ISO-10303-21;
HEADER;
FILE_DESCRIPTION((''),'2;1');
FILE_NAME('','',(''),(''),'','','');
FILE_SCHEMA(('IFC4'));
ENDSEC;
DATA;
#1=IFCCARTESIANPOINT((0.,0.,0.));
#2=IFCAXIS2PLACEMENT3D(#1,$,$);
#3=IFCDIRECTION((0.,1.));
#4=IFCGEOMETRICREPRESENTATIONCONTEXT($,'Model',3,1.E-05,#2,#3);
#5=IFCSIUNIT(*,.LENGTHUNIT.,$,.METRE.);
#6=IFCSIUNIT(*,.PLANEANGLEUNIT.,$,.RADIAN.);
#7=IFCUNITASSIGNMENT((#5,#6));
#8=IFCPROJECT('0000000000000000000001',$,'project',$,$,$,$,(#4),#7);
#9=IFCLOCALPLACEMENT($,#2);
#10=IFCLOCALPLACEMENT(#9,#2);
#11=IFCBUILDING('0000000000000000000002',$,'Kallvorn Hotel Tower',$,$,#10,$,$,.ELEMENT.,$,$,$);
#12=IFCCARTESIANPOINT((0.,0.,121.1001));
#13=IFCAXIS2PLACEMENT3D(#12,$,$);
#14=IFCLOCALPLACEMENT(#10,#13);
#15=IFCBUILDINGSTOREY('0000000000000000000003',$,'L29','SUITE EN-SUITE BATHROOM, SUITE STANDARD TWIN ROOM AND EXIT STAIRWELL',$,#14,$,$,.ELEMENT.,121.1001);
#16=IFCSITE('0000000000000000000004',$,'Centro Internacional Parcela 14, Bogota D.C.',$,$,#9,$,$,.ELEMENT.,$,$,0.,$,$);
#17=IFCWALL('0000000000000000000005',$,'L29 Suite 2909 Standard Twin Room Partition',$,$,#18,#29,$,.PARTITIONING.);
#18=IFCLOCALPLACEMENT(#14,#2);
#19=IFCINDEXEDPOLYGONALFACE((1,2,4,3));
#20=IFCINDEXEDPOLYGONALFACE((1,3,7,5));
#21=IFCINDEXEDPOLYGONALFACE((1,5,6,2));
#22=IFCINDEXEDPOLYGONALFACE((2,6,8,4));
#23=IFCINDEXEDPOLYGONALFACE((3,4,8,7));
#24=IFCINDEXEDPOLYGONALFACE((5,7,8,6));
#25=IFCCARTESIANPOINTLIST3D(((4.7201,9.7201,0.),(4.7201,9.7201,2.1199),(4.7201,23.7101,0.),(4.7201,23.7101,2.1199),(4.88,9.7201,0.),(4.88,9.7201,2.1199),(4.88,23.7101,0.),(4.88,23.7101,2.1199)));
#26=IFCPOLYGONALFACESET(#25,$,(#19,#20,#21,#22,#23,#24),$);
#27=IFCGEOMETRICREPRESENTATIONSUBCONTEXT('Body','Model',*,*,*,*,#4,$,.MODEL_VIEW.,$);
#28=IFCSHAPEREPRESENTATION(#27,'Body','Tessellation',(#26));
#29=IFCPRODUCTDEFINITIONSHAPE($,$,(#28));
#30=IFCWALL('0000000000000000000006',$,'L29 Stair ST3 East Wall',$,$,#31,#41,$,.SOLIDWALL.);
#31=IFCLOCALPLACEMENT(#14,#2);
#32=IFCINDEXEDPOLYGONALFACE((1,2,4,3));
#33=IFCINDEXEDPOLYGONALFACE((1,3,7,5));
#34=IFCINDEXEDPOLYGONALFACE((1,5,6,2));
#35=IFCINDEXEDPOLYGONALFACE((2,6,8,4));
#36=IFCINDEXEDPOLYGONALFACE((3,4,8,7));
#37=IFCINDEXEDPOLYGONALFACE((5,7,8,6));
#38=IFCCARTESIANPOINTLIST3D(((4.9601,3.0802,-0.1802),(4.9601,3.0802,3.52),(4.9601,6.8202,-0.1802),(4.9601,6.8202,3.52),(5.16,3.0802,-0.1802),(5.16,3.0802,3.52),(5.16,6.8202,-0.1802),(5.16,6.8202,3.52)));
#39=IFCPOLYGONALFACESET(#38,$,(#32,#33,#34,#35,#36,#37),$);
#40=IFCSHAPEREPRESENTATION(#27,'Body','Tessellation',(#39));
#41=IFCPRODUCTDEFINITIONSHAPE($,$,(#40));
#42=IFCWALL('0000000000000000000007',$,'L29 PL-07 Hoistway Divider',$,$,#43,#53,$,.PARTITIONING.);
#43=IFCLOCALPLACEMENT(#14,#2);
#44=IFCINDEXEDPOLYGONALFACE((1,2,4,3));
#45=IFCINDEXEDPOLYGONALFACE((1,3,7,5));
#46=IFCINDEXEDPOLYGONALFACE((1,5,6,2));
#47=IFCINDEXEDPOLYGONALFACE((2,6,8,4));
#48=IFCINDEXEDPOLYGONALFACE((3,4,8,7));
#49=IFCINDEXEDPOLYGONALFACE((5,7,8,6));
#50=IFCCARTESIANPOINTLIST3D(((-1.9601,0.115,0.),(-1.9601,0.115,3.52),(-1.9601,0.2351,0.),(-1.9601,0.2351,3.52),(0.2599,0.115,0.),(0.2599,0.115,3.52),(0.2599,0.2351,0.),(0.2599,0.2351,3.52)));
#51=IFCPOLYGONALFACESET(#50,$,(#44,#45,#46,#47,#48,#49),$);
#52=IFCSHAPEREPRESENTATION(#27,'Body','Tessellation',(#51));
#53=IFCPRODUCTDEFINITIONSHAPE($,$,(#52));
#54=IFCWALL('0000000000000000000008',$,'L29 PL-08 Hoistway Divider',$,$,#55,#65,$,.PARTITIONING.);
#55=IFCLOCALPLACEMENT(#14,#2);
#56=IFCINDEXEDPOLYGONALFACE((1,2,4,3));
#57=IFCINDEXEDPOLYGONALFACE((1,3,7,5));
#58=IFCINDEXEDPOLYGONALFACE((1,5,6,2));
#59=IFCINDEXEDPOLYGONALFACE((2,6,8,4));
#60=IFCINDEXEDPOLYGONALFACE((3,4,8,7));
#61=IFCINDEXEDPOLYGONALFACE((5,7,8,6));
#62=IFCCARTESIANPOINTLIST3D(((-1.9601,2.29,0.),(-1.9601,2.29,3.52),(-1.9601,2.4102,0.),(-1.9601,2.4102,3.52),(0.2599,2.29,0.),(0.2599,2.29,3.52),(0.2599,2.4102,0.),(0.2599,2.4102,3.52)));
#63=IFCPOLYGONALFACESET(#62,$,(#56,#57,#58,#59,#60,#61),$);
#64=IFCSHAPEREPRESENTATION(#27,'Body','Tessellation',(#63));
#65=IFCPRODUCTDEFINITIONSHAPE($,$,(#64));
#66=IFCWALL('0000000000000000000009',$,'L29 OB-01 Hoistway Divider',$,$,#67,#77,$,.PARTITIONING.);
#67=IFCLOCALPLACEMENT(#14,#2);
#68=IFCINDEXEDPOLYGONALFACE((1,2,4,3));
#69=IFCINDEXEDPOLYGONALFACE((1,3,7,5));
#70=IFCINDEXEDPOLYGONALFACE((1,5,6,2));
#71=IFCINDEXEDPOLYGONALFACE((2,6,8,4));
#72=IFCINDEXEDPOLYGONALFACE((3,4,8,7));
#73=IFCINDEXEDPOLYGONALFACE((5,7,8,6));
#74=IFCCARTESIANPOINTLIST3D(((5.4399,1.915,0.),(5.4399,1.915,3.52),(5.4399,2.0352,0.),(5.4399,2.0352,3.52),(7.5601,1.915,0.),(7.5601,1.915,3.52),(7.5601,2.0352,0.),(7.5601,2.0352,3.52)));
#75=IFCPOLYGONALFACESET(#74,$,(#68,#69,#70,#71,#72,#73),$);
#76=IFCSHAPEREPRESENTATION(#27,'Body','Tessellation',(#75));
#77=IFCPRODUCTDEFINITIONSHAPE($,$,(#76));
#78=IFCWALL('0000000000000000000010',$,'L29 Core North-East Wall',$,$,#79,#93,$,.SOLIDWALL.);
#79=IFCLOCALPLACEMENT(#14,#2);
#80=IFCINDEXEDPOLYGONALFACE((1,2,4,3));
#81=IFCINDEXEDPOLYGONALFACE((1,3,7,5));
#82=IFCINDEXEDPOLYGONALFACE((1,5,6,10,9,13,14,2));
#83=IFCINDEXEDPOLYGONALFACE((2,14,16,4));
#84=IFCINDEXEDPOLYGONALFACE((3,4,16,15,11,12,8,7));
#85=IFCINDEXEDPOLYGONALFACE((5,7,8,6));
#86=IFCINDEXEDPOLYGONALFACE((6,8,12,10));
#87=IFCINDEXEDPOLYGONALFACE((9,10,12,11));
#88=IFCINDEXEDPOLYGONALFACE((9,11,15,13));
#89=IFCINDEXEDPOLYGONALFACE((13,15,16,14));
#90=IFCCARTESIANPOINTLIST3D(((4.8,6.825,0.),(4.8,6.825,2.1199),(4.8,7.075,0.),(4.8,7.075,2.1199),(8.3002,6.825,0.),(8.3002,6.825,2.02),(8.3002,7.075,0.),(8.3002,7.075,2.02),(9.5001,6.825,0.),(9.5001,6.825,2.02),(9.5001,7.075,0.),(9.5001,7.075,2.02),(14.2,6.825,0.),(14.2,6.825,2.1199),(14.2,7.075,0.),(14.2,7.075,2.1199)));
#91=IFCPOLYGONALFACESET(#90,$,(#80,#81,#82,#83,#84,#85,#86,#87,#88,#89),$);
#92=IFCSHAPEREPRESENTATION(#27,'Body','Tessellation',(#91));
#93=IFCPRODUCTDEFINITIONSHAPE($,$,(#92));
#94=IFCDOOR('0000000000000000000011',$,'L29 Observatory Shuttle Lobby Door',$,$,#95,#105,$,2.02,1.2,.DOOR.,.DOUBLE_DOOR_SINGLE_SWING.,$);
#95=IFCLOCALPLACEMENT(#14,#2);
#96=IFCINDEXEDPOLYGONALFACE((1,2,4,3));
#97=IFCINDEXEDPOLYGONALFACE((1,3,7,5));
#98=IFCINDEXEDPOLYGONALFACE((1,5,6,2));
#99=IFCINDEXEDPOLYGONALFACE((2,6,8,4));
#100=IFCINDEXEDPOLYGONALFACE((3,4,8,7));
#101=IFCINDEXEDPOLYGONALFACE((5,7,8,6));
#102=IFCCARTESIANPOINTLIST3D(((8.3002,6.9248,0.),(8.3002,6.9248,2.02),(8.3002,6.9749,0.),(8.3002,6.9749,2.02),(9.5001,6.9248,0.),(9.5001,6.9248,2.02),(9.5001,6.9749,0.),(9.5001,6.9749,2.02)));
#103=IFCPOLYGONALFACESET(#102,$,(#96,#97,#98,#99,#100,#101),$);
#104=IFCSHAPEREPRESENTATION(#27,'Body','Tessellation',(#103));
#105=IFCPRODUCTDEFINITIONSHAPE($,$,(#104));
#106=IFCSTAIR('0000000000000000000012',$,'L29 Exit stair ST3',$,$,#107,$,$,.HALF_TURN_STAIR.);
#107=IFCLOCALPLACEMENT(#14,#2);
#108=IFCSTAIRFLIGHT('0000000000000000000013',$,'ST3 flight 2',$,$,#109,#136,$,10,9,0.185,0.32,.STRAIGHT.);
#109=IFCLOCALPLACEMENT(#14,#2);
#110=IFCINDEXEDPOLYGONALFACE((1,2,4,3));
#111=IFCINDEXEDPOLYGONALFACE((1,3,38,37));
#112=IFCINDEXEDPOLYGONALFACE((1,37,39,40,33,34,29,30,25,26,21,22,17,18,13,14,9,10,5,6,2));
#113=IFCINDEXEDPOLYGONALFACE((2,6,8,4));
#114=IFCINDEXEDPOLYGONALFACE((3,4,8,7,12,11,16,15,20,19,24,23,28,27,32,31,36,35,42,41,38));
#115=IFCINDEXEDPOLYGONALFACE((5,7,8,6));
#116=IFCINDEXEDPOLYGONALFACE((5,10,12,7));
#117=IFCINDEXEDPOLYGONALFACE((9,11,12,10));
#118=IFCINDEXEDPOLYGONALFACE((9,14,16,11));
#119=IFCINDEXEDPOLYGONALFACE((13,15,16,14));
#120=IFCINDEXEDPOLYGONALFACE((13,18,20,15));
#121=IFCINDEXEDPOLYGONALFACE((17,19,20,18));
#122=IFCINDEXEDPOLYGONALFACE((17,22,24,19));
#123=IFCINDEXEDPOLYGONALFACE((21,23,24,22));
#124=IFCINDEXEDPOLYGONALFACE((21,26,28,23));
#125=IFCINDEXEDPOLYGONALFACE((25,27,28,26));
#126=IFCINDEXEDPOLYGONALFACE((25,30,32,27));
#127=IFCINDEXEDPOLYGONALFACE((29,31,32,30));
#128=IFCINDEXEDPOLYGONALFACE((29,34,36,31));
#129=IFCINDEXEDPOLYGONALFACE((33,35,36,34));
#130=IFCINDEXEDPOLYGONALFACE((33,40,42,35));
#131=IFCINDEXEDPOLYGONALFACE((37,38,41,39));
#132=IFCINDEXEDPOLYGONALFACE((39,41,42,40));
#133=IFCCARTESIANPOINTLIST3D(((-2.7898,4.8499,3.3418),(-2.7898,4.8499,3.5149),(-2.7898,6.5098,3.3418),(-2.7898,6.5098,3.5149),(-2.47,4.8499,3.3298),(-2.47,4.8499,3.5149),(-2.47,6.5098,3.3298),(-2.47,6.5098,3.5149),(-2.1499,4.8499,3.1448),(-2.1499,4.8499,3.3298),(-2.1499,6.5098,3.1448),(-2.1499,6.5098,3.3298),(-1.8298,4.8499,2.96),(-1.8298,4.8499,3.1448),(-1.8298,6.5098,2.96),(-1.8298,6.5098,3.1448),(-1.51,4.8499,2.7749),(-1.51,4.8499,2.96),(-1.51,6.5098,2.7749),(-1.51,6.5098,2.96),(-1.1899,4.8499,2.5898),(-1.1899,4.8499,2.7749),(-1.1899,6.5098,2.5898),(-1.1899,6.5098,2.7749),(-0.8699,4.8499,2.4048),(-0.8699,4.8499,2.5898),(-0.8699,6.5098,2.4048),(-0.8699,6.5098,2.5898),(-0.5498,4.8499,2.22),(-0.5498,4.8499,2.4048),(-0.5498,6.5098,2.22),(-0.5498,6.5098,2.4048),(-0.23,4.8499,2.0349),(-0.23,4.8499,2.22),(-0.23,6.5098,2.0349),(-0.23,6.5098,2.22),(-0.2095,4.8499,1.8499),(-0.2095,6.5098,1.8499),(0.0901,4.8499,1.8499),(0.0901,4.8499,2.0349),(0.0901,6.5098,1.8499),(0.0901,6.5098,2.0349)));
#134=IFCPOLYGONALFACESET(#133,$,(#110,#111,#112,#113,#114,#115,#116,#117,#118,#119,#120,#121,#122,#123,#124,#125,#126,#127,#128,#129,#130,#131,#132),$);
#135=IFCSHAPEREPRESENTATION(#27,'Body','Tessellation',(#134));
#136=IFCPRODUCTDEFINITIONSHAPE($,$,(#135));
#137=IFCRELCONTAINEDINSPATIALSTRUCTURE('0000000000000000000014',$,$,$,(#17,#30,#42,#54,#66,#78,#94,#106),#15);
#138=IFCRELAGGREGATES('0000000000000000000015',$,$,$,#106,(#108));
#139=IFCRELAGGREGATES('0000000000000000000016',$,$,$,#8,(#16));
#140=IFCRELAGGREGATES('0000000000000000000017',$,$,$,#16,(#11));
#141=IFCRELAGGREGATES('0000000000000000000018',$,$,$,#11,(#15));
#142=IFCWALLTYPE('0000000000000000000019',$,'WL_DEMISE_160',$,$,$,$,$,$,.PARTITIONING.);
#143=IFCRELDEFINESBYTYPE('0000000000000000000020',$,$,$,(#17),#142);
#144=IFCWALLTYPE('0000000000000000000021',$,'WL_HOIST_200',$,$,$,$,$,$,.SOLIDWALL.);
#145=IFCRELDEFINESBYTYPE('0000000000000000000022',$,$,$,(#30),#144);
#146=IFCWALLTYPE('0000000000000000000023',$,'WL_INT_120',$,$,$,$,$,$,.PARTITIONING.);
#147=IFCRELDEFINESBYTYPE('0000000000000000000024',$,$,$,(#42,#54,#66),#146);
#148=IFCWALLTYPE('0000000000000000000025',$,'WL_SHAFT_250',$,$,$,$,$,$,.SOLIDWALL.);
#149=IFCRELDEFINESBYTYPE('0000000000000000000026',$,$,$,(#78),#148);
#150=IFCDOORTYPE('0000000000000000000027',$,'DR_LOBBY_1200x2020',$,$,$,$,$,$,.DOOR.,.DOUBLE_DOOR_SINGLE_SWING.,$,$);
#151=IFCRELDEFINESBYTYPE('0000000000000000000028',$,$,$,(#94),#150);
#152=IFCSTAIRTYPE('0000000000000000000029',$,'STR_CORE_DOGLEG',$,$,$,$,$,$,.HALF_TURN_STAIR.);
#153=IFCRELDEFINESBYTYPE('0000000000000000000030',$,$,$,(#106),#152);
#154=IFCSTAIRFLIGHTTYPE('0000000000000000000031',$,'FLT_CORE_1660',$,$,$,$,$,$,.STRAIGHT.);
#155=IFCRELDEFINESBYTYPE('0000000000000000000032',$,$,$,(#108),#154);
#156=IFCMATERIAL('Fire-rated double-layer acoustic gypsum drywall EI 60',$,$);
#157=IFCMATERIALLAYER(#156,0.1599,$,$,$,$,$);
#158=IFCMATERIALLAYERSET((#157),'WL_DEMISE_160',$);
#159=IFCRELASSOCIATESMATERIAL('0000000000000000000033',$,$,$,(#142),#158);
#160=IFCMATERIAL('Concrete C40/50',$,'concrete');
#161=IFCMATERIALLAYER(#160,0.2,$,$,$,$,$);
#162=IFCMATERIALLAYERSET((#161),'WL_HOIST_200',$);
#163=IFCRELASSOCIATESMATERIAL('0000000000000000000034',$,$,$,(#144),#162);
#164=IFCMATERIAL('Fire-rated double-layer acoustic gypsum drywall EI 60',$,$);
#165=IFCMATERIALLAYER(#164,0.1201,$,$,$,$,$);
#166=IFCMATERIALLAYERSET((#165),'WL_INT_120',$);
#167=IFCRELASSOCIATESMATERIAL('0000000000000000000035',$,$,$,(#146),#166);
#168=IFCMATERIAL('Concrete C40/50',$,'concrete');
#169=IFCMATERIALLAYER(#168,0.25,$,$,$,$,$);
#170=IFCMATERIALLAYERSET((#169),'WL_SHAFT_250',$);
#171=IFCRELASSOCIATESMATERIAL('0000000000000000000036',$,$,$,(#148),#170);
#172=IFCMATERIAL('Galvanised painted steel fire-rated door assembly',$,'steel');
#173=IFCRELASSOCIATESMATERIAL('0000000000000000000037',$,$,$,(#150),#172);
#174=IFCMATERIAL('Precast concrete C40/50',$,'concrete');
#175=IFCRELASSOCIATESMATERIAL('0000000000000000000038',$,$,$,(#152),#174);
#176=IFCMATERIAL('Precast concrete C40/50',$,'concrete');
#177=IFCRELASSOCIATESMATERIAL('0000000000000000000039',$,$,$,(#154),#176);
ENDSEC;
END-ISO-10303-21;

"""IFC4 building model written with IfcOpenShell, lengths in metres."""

from ifc_helpers import new_model, si_unit, direction, frame, frame_2d, origin, place, context, subcontext, project, spatial, polyline, rectangle, outline, extrude, material, layer, layer_set, type_object, element, fill, aggregate, save


model = new_model("IFC4")

# Units and contexts
model_context = context("Model", 3, precision=1e-05, world=origin(), true_north=direction((0.0, 1.0)))
body_context = subcontext(model_context, "Body", "Model", "MODEL_VIEW")
ifc_project = project(units=[si_unit("LENGTHUNIT", "METRE"), si_unit("PLANEANGLEUNIT", "RADIAN")], contexts=[model_context])

# Site, building, storey
site_placement = place(None, origin())
site = spatial("IfcSite", under=ifc_project, at=site_placement, Name="Centro Internacional Parcela 14, Bogota D.C.", CompositionType="ELEMENT", RefElevation=0.0)
building_placement = place(site_placement, origin())
building = spatial("IfcBuilding", under=site, at=building_placement, Name="Kallvorn Hotel Tower", CompositionType="ELEMENT")
storey_placement = place(building_placement, frame((0.0, 0.0, 121.1001)))
storey = spatial("IfcBuildingStorey", under=building, at=storey_placement, Name="L29", Description="SUITE EN-SUITE BATHROOM, SUITE STANDARD TWIN ROOM AND EXIT STAIRWELL", CompositionType="ELEMENT", Elevation=121.1001)

# Walls
ifc_material_1 = material(Name="Fire-rated double-layer acoustic gypsum drywall EI 60")
ifc_layer_1 = layer(ifc_material_1, 0.1599)
ifc_layer_set_1 = layer_set([ifc_layer_1], Name="WL_DEMISE_160")
wall_type_1 = type_object("IfcWallType", Name="WL_DEMISE_160", PredefinedType="PARTITIONING", material=ifc_layer_set_1)
wall_1_placement = place(storey_placement, frame((4.8, 9.72, 0.0), z_axis=(0.0, 0.0, 1.0), x_axis=(0.0, 1.0, 0.0)))
element("IfcWall", 1, at=wall_1_placement, inside=storey, type_object=wall_type_1, Name="L29 Suite 2909 Standard Twin Room Partition", PredefinedType="PARTITIONING", context=body_context, shape_type="SweptSolid", body=[
    extrude(rectangle(XDim=13.99, YDim=0.1599, at=frame_2d((6.9951, 0.0))), origin(), (0.0, 0.0, 1.0), 2.1199),
])
ifc_material_2 = material(Name="Concrete C40/50", Category="concrete")
ifc_layer_2 = layer(ifc_material_2, 0.2)
ifc_layer_set_2 = layer_set([ifc_layer_2], Name="WL_HOIST_200")
wall_type_2 = type_object("IfcWallType", Name="WL_HOIST_200", PredefinedType="SOLIDWALL", material=ifc_layer_set_2)
wall_2_placement = place(storey_placement, frame((5.0601, 3.0801, -0.1802), z_axis=(0.0, 0.0, 1.0), x_axis=(0.0, 1.0, 0.0)))
element("IfcWall", 2, at=wall_2_placement, inside=storey, type_object=wall_type_2, Name="L29 Stair ST3 East Wall", PredefinedType="SOLIDWALL", context=body_context, shape_type="SweptSolid", body=[
    extrude(rectangle(XDim=3.74, YDim=0.2, at=frame_2d((1.8701, 0.0))), origin(), (0.0, 0.0, 1.0), 3.7002),
])
ifc_material_3 = material(Name="Fire-rated double-layer acoustic gypsum drywall EI 60")
ifc_layer_3 = layer(ifc_material_3, 0.1201)
ifc_layer_set_3 = layer_set([ifc_layer_3], Name="WL_INT_120")
wall_type_3 = type_object("IfcWallType", Name="WL_INT_120", PredefinedType="PARTITIONING", material=ifc_layer_set_3)
for number, where, z_axis, x_axis, name in (
    (3, (-1.96, 0.175, 0.0), (0.0, 0.0, 1.0), (1.0, 0.0, 0.0), "L29 PL-07 Hoistway Divider"),
    (4, (-1.96, 2.3501, 0.0), (0.0, 0.0, 1.0), (1.0, 0.0, 0.0), "L29 PL-08 Hoistway Divider"),
):
    element("IfcWall", number, at=place(storey_placement, frame(where, z_axis=z_axis, x_axis=x_axis)), inside=storey, type_object=wall_type_3, Name=name, PredefinedType="PARTITIONING", context=body_context, shape_type="SweptSolid", body=[
        extrude(rectangle(XDim=2.22, YDim=0.1201, at=frame_2d((1.1099, 0.0))), origin(), (0.0, 0.0, 1.0), 3.52),
    ])
wall_3_placement = place(storey_placement, frame((5.4399, 1.9751, 0.0), z_axis=(0.0, 0.0, 1.0), x_axis=(1.0, 0.0, 0.0)))
element("IfcWall", 5, at=wall_3_placement, inside=storey, type_object=wall_type_3, Name="L29 OB-01 Hoistway Divider", PredefinedType="PARTITIONING", context=body_context, shape_type="SweptSolid", body=[
    extrude(rectangle(XDim=2.1201, YDim=0.1201, at=frame_2d((1.0601, 0.0))), origin(), (0.0, 0.0, 1.0), 3.52),
])

# Wall, opening, door
ifc_material_4 = material(Name="Concrete C40/50", Category="concrete")
ifc_layer_4 = layer(ifc_material_4, 0.25)
ifc_layer_set_4 = layer_set([ifc_layer_4], Name="WL_SHAFT_250")
wall_type_4 = type_object("IfcWallType", Name="WL_SHAFT_250", PredefinedType="SOLIDWALL", material=ifc_layer_set_4)
wall_4_placement = place(storey_placement, frame((4.8, 6.95, 0.0), z_axis=(0.0, 0.0, 1.0), x_axis=(1.0, 0.0, 0.0)))
wall_4 = element("IfcWall", 6, at=wall_4_placement, inside=storey, type_object=wall_type_4, Name="L29 Core North-East Wall", PredefinedType="SOLIDWALL", context=body_context, shape_type="SweptSolid", body=[
    extrude(rectangle(XDim=9.3999, YDim=0.25, at=frame_2d((4.7, 0.0))), origin(), (0.0, 0.0, 1.0), 2.1199),
])
opening_placement = place(wall_4_placement, frame((3.5, 0.0, 0.0)))
opening = element("IfcOpeningElement", 7, at=opening_placement, cuts=wall_4, PredefinedType="OPENING", context=body_context, shape_type="SweptSolid", body=[
    extrude(rectangle(XDim=1.2, YDim=2.02, at=frame_2d((0.6001, 1.01))), frame((0.0, 0.1399, 0.0), z_axis=(0.0, -1.0, 0.0), x_axis=(1.0, 0.0, 0.0)), (0.0, 0.0, 1.0), 0.28),
])
ifc_material_5 = material(Name="Galvanised painted steel fire-rated door assembly", Category="steel")
door_type = type_object("IfcDoorType", Name="DR_LOBBY_1200x2020", OperationType="DOUBLE_DOOR_SINGLE_SWING", PredefinedType="DOOR", material=ifc_material_5)
door_placement = place(opening_placement, origin())
door = element("IfcDoor", 8, at=door_placement, inside=storey, type_object=door_type, Name="L29 Observatory Shuttle Lobby Door", OperationType="DOUBLE_DOOR_SINGLE_SWING", OverallHeight=2.02, OverallWidth=1.2, PredefinedType="DOOR", context=body_context, shape_type="SweptSolid", body=[
    extrude(rectangle(XDim=1.2, YDim=2.02, at=frame_2d((0.6001, 1.01))), frame((0.0, 0.0249, 0.0), z_axis=(0.0, -1.0, 0.0), x_axis=(1.0, 0.0, 0.0)), (0.0, 0.0, 1.0), 0.05),
])
fill(opening, door)

# Stair, stair flight
ifc_material_6 = material(Name="Precast concrete C40/50", Category="concrete")
stair_type = type_object("IfcStairType", Name="STR_CORE_DOGLEG", PredefinedType="HALF_TURN_STAIR", material=ifc_material_6)
stair_placement = place(storey_placement, origin())
stair = element("IfcStair", 9, at=stair_placement, inside=storey, type_object=stair_type, Name="L29 Exit stair ST3", PredefinedType="HALF_TURN_STAIR")
ifc_material_7 = material(Name="Precast concrete C40/50", Category="concrete")
stair_flight_type = type_object("IfcStairFlightType", Name="FLT_CORE_1660", PredefinedType="STRAIGHT", material=ifc_material_7)
stair_flight_placement = place(storey_placement, frame((0.0901, 5.6799, 1.8499), z_axis=(0.0, 0.0, 1.0), x_axis=(-1.0, 0.0, 0.0)))
stair_flight = element("IfcStairFlight", 10, at=stair_flight_placement, type_object=stair_flight_type, Name="ST3 flight 2", NumberOfRisers=10, NumberOfTreads=9, PredefinedType="STRAIGHT", RiserHeight=0.185, TreadLength=0.32, context=body_context, shape_type="SweptSolid", body=[
    extrude(outline(polyline([(0.0, 0.0), (0.0, 0.1851), (0.3201, 0.1851), (0.3201, 0.3701), (0.6399, 0.3701), (0.6399, 0.5549), (0.96, 0.5549), (0.96, 0.74), (1.28, 0.74), (1.28, 0.925), (1.6001, 0.925), (1.6001, 1.1101), (1.9199, 1.1101), (1.9199, 1.2949), (2.24, 1.2949), (2.24, 1.48), (2.5601, 1.48), (2.5601, 1.665), (2.8799, 1.665), (2.8799, 1.8501), (2.8799, 1.4919), (0.2996, 0.0), (0.0, 0.0)])), frame((0.0, 0.8301, 0.0), z_axis=(0.0, -1.0, 0.0), x_axis=(1.0, 0.0, 0.0)), (0.0, 0.0, 1.0), 1.6599),
])
aggregate(stair, [stair_flight])

save(model, "model.ifc")
